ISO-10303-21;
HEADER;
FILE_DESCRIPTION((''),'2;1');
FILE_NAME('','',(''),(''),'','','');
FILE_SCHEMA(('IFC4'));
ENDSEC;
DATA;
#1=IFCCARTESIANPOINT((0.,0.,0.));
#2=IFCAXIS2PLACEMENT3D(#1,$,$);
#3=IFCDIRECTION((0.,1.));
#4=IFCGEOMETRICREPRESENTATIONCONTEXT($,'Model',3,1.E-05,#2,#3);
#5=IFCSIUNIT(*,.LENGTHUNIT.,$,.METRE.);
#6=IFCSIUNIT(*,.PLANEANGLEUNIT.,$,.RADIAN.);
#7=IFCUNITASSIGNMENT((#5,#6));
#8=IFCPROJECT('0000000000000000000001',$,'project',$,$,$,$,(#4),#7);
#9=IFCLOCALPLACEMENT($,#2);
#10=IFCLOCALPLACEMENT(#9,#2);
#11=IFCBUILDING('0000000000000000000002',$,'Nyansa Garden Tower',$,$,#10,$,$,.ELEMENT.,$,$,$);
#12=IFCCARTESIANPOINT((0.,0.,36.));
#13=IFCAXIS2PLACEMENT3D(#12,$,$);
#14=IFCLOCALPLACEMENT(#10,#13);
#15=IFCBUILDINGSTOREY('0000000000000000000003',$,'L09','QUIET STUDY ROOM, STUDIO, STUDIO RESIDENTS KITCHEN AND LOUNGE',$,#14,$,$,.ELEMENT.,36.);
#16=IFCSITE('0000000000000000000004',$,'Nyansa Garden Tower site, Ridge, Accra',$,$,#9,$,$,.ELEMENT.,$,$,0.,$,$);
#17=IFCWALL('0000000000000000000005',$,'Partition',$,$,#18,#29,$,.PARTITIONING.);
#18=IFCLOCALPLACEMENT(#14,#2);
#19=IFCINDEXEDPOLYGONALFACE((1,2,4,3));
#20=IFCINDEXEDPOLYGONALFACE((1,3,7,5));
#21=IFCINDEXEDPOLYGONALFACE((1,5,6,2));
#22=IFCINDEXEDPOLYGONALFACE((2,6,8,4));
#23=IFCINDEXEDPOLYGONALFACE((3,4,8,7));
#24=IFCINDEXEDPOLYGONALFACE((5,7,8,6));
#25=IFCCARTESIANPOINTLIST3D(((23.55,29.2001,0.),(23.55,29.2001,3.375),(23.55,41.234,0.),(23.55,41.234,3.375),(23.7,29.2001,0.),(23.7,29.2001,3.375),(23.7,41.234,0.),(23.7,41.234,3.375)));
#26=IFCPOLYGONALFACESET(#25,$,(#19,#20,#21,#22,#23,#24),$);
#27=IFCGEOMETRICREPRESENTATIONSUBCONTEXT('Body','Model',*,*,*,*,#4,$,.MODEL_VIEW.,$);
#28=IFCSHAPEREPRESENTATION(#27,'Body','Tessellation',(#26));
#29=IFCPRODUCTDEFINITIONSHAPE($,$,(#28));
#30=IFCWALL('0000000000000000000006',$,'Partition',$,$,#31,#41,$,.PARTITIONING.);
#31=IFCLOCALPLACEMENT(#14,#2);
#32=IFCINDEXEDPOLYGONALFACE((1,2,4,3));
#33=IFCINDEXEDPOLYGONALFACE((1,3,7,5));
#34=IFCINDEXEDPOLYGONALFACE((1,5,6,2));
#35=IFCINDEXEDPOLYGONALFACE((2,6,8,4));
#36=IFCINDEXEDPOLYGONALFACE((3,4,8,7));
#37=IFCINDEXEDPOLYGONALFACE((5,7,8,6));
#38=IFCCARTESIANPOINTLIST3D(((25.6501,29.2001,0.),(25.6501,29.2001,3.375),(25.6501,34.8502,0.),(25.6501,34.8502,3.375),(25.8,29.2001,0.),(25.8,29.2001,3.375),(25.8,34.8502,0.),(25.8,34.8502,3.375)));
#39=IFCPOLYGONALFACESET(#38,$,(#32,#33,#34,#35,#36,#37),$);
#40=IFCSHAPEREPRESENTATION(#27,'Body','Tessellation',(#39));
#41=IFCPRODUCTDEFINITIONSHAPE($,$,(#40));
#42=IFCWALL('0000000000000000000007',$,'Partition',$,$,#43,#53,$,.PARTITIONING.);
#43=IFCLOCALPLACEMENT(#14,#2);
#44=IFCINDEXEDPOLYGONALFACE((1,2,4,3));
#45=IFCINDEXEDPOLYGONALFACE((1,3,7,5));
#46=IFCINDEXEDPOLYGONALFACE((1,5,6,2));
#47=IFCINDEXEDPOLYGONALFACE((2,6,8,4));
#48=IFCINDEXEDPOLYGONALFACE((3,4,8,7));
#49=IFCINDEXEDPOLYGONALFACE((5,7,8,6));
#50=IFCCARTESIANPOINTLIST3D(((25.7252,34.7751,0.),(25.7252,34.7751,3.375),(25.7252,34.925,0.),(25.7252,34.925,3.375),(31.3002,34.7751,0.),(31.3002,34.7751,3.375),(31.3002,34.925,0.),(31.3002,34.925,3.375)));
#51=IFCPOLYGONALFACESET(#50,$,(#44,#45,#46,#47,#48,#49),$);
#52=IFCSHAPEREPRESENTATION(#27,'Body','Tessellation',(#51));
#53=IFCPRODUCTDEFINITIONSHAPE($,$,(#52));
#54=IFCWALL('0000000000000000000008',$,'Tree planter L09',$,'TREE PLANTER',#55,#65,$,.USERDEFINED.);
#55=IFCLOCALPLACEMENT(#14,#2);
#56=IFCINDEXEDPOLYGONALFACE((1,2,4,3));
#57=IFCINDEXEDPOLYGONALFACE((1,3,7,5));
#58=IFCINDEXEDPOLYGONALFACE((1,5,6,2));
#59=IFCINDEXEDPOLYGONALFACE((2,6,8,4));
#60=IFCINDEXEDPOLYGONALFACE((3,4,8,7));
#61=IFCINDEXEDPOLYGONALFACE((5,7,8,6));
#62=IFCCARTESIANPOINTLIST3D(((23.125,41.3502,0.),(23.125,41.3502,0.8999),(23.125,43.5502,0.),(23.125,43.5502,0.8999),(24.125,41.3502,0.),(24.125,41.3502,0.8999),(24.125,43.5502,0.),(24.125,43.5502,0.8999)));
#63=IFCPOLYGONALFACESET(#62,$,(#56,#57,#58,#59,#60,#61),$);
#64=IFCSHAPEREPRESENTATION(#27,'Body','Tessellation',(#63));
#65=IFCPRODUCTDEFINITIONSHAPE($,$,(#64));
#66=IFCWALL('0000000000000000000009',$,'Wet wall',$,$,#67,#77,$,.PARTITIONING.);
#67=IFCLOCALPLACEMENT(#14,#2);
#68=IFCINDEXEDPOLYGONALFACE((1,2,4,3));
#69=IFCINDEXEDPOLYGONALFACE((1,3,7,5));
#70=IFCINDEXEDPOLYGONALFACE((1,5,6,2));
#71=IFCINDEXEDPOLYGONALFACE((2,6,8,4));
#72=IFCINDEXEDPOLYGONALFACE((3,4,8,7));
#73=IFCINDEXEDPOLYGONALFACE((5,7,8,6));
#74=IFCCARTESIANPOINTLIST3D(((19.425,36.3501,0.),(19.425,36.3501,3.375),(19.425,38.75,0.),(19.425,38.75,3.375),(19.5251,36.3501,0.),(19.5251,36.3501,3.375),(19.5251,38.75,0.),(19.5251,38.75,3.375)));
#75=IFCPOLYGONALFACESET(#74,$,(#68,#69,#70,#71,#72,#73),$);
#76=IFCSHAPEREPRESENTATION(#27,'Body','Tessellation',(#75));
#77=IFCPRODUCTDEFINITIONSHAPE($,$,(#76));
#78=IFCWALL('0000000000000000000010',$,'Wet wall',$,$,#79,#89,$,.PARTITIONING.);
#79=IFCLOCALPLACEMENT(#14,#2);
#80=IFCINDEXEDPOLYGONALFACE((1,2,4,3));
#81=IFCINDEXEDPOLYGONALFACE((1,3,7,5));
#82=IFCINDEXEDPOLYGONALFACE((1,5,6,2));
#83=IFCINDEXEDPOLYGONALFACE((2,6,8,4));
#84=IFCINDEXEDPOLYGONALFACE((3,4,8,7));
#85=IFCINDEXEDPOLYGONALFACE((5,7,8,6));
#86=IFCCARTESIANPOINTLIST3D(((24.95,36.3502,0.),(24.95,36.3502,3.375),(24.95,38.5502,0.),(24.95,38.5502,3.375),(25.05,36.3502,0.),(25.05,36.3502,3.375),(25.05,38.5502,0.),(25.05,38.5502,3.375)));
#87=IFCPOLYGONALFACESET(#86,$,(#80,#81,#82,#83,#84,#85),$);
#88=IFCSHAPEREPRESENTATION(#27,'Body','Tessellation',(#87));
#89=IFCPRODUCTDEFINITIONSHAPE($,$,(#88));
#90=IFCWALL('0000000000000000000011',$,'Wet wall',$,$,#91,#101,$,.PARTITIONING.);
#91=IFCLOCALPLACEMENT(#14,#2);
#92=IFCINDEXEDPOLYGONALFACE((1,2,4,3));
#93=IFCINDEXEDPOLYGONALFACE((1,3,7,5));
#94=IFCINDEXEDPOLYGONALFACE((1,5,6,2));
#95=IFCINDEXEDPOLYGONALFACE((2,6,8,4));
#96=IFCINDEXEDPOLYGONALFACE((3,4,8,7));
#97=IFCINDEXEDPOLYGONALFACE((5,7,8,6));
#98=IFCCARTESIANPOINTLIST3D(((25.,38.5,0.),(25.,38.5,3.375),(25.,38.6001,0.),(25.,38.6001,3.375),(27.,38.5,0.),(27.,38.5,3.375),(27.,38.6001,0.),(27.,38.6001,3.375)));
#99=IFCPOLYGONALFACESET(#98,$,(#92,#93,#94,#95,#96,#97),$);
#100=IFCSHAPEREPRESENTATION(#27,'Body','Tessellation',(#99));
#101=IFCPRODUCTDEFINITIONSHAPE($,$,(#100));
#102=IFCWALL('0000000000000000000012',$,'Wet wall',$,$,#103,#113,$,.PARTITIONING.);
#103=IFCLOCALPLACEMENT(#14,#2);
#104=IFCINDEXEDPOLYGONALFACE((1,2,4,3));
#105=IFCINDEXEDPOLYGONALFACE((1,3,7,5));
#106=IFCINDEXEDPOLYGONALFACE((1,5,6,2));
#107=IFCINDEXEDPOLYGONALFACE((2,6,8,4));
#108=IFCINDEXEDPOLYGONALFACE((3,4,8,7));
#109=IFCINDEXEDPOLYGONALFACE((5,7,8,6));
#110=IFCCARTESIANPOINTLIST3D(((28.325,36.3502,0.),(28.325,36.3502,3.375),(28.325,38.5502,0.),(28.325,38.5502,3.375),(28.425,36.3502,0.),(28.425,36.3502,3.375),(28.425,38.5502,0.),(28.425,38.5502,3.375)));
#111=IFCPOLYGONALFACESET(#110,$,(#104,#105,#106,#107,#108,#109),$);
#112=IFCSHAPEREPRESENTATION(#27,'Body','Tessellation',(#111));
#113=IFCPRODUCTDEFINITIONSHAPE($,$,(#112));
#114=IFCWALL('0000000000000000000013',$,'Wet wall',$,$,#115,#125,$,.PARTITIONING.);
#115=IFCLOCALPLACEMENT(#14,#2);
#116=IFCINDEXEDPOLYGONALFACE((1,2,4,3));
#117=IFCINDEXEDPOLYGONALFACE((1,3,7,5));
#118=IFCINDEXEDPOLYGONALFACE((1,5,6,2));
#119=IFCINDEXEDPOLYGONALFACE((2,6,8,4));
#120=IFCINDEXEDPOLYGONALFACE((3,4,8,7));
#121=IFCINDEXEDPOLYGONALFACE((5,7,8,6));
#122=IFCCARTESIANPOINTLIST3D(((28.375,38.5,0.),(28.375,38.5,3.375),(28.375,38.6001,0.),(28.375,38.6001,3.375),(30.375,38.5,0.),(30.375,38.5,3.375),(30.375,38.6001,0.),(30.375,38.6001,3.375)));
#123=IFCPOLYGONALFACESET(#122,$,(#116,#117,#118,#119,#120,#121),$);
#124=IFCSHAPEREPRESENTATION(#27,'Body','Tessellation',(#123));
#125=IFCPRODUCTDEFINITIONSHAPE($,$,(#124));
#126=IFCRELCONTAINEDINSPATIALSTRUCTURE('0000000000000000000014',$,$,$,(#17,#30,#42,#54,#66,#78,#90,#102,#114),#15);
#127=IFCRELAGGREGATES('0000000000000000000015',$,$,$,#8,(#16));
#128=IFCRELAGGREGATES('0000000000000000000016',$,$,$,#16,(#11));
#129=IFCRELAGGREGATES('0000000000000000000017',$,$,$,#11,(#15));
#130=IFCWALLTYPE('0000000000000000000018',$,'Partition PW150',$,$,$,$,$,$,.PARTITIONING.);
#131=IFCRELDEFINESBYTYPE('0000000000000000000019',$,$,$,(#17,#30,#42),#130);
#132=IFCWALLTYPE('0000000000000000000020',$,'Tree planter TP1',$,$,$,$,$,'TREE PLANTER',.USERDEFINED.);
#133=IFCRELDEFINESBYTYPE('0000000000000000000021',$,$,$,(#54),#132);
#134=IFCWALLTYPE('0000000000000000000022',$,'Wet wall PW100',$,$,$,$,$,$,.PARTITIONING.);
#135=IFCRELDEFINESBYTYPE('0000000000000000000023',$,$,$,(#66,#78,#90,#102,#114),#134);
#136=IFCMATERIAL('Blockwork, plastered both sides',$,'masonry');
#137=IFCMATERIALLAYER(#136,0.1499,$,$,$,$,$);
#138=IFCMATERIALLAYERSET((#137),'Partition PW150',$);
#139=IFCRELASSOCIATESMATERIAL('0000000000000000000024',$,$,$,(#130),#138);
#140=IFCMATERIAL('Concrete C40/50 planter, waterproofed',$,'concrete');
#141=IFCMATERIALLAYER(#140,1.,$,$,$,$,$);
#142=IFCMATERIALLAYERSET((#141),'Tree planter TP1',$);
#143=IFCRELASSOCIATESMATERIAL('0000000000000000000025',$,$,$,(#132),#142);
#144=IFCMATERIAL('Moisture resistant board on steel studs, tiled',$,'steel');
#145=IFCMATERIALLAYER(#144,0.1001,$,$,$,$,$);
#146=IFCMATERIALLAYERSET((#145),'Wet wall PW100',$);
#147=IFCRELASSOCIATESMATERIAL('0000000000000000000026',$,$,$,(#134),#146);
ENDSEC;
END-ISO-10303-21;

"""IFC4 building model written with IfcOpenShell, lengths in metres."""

from ifc_helpers import new_model, si_unit, direction, frame, frame_2d, origin, place, context, subcontext, project, spatial, rectangle, extrude, material, layer, layer_set, type_object, element, save


model = new_model("IFC4")

# Units and contexts
model_context = context("Model", 3, precision=1e-05, world=origin(), true_north=direction((0.0, 1.0)))
body_context = subcontext(model_context, "Body", "Model", "MODEL_VIEW")
ifc_project = project(units=[si_unit("LENGTHUNIT", "METRE"), si_unit("PLANEANGLEUNIT", "RADIAN")], contexts=[model_context])

# Site, building, storey
site_placement = place(None, origin())
site = spatial("IfcSite", under=ifc_project, at=site_placement, Name="Nyansa Garden Tower site, Ridge, Accra", CompositionType="ELEMENT", RefElevation=0.0)
building_placement = place(site_placement, origin())
building = spatial("IfcBuilding", under=site, at=building_placement, Name="Nyansa Garden Tower", CompositionType="ELEMENT")
storey_placement = place(building_placement, frame((0.0, 0.0, 36.0)))
storey = spatial("IfcBuildingStorey", under=building, at=storey_placement, Name="L09", Description="QUIET STUDY ROOM, STUDIO, STUDIO RESIDENTS KITCHEN AND LOUNGE", CompositionType="ELEMENT", Elevation=36.0)

# Walls
ifc_material_1 = material(Name="Blockwork, plastered both sides", Category="masonry")
ifc_layer_1 = layer(ifc_material_1, 0.1499)
ifc_layer_set_1 = layer_set([ifc_layer_1], Name="Partition PW150")
wall_type_1 = type_object("IfcWallType", Name="Partition PW150", PredefinedType="PARTITIONING", material=ifc_layer_set_1)
wall_1_placement = place(storey_placement, frame((23.625, 29.2, 0.0), z_axis=(0.0, 0.0, 1.0), x_axis=(0.0, 1.0, 0.0)))
element("IfcWall", 1, at=wall_1_placement, inside=storey, type_object=wall_type_1, Name="Partition", PredefinedType="PARTITIONING", context=body_context, shape_type="SweptSolid", body=[
    extrude(rectangle(XDim=12.0339, YDim=0.1499, at=frame_2d((6.0171, 0.0))), origin(), (0.0, 0.0, 1.0), 3.375),
])
wall_2_placement = place(storey_placement, frame((25.7251, 29.2, 0.0), z_axis=(0.0, 0.0, 1.0), x_axis=(0.0, 1.0, 0.0)))
element("IfcWall", 2, at=wall_2_placement, inside=storey, type_object=wall_type_1, Name="Partition", PredefinedType="PARTITIONING", context=body_context, shape_type="SweptSolid", body=[
    extrude(rectangle(XDim=5.6501, YDim=0.1499, at=frame_2d((2.8252, 0.0))), origin(), (0.0, 0.0, 1.0), 3.375),
])
wall_3_placement = place(storey_placement, frame((25.7251, 34.8501, 0.0), z_axis=(0.0, 0.0, 1.0), x_axis=(1.0, 0.0, 0.0)))
element("IfcWall", 3, at=wall_3_placement, inside=storey, type_object=wall_type_1, Name="Partition", PredefinedType="PARTITIONING", context=body_context, shape_type="SweptSolid", body=[
    extrude(rectangle(XDim=5.575, YDim=0.1499, at=frame_2d((2.7876, 0.0))), origin(), (0.0, 0.0, 1.0), 3.375),
])
ifc_material_2 = material(Name="Concrete C40/50 planter, waterproofed", Category="concrete")
ifc_layer_2 = layer(ifc_material_2, 1.0)
ifc_layer_set_2 = layer_set([ifc_layer_2], Name="Tree planter TP1")
wall_type_2 = type_object("IfcWallType", Name="Tree planter TP1", ElementType="TREE PLANTER", PredefinedType="USERDEFINED", material=ifc_layer_set_2)
wall_4_placement = place(storey_placement, frame((23.625, 41.3501, 0.0), z_axis=(0.0, 0.0, 1.0), x_axis=(0.0, 1.0, 0.0)))
element("IfcWall", 4, at=wall_4_placement, inside=storey, type_object=wall_type_2, Name="Tree planter L09", ObjectType="TREE PLANTER", PredefinedType="USERDEFINED", context=body_context, shape_type="SweptSolid", body=[
    extrude(rectangle(XDim=2.2, YDim=1.0, at=frame_2d((1.1001, 0.0))), origin(), (0.0, 0.0, 1.0), 0.8999),
])
ifc_material_3 = material(Name="Moisture resistant board on steel studs, tiled", Category="steel")
ifc_layer_3 = layer(ifc_material_3, 0.1001)
ifc_layer_set_3 = layer_set([ifc_layer_3], Name="Wet wall PW100")
wall_type_3 = type_object("IfcWallType", Name="Wet wall PW100", PredefinedType="PARTITIONING", material=ifc_layer_set_3)
wall_5_placement = place(storey_placement, frame((19.4751, 36.3501, 0.0), z_axis=(0.0, 0.0, 1.0), x_axis=(0.0, 1.0, 0.0)))
element("IfcWall", 5, at=wall_5_placement, inside=storey, type_object=wall_type_3, Name="Wet wall", PredefinedType="PARTITIONING", context=body_context, shape_type="SweptSolid", body=[
    extrude(rectangle(XDim=2.3999, YDim=0.1001, at=frame_2d((1.2, 0.0))), origin(), (0.0, 0.0, 1.0), 3.375),
])
wall_6_placement = place(storey_placement, frame((25.0, 36.3501, 0.0), z_axis=(0.0, 0.0, 1.0), x_axis=(0.0, 1.0, 0.0)))
element("IfcWall", 6, at=wall_6_placement, inside=storey, type_object=wall_type_3, Name="Wet wall", PredefinedType="PARTITIONING", context=body_context, shape_type="SweptSolid", body=[
    extrude(rectangle(XDim=2.2, YDim=0.1001, at=frame_2d((1.1001, 0.0))), origin(), (0.0, 0.0, 1.0), 3.375),
])
wall_7_placement = place(storey_placement, frame((25.0, 38.55, 0.0), z_axis=(0.0, 0.0, 1.0), x_axis=(1.0, 0.0, 0.0)))
element("IfcWall", 7, at=wall_7_placement, inside=storey, type_object=wall_type_3, Name="Wet wall", PredefinedType="PARTITIONING", context=body_context, shape_type="SweptSolid", body=[
    extrude(rectangle(XDim=2.0, YDim=0.1001, at=frame_2d((1.0, 0.0))), origin(), (0.0, 0.0, 1.0), 3.375),
])
wall_8_placement = place(storey_placement, frame((28.375, 36.3501, 0.0), z_axis=(0.0, 0.0, 1.0), x_axis=(0.0, 1.0, 0.0)))
element("IfcWall", 8, at=wall_8_placement, inside=storey, type_object=wall_type_3, Name="Wet wall", PredefinedType="PARTITIONING", context=body_context, shape_type="SweptSolid", body=[
    extrude(rectangle(XDim=2.2, YDim=0.1001, at=frame_2d((1.1001, 0.0))), origin(), (0.0, 0.0, 1.0), 3.375),
])
wall_9_placement = place(storey_placement, frame((28.375, 38.55, 0.0), z_axis=(0.0, 0.0, 1.0), x_axis=(1.0, 0.0, 0.0)))
element("IfcWall", 9, at=wall_9_placement, inside=storey, type_object=wall_type_3, Name="Wet wall", PredefinedType="PARTITIONING", context=body_context, shape_type="SweptSolid", body=[
    extrude(rectangle(XDim=2.0, YDim=0.1001, at=frame_2d((1.0, 0.0))), origin(), (0.0, 0.0, 1.0), 3.375),
])

save(model, "model.ifc")
